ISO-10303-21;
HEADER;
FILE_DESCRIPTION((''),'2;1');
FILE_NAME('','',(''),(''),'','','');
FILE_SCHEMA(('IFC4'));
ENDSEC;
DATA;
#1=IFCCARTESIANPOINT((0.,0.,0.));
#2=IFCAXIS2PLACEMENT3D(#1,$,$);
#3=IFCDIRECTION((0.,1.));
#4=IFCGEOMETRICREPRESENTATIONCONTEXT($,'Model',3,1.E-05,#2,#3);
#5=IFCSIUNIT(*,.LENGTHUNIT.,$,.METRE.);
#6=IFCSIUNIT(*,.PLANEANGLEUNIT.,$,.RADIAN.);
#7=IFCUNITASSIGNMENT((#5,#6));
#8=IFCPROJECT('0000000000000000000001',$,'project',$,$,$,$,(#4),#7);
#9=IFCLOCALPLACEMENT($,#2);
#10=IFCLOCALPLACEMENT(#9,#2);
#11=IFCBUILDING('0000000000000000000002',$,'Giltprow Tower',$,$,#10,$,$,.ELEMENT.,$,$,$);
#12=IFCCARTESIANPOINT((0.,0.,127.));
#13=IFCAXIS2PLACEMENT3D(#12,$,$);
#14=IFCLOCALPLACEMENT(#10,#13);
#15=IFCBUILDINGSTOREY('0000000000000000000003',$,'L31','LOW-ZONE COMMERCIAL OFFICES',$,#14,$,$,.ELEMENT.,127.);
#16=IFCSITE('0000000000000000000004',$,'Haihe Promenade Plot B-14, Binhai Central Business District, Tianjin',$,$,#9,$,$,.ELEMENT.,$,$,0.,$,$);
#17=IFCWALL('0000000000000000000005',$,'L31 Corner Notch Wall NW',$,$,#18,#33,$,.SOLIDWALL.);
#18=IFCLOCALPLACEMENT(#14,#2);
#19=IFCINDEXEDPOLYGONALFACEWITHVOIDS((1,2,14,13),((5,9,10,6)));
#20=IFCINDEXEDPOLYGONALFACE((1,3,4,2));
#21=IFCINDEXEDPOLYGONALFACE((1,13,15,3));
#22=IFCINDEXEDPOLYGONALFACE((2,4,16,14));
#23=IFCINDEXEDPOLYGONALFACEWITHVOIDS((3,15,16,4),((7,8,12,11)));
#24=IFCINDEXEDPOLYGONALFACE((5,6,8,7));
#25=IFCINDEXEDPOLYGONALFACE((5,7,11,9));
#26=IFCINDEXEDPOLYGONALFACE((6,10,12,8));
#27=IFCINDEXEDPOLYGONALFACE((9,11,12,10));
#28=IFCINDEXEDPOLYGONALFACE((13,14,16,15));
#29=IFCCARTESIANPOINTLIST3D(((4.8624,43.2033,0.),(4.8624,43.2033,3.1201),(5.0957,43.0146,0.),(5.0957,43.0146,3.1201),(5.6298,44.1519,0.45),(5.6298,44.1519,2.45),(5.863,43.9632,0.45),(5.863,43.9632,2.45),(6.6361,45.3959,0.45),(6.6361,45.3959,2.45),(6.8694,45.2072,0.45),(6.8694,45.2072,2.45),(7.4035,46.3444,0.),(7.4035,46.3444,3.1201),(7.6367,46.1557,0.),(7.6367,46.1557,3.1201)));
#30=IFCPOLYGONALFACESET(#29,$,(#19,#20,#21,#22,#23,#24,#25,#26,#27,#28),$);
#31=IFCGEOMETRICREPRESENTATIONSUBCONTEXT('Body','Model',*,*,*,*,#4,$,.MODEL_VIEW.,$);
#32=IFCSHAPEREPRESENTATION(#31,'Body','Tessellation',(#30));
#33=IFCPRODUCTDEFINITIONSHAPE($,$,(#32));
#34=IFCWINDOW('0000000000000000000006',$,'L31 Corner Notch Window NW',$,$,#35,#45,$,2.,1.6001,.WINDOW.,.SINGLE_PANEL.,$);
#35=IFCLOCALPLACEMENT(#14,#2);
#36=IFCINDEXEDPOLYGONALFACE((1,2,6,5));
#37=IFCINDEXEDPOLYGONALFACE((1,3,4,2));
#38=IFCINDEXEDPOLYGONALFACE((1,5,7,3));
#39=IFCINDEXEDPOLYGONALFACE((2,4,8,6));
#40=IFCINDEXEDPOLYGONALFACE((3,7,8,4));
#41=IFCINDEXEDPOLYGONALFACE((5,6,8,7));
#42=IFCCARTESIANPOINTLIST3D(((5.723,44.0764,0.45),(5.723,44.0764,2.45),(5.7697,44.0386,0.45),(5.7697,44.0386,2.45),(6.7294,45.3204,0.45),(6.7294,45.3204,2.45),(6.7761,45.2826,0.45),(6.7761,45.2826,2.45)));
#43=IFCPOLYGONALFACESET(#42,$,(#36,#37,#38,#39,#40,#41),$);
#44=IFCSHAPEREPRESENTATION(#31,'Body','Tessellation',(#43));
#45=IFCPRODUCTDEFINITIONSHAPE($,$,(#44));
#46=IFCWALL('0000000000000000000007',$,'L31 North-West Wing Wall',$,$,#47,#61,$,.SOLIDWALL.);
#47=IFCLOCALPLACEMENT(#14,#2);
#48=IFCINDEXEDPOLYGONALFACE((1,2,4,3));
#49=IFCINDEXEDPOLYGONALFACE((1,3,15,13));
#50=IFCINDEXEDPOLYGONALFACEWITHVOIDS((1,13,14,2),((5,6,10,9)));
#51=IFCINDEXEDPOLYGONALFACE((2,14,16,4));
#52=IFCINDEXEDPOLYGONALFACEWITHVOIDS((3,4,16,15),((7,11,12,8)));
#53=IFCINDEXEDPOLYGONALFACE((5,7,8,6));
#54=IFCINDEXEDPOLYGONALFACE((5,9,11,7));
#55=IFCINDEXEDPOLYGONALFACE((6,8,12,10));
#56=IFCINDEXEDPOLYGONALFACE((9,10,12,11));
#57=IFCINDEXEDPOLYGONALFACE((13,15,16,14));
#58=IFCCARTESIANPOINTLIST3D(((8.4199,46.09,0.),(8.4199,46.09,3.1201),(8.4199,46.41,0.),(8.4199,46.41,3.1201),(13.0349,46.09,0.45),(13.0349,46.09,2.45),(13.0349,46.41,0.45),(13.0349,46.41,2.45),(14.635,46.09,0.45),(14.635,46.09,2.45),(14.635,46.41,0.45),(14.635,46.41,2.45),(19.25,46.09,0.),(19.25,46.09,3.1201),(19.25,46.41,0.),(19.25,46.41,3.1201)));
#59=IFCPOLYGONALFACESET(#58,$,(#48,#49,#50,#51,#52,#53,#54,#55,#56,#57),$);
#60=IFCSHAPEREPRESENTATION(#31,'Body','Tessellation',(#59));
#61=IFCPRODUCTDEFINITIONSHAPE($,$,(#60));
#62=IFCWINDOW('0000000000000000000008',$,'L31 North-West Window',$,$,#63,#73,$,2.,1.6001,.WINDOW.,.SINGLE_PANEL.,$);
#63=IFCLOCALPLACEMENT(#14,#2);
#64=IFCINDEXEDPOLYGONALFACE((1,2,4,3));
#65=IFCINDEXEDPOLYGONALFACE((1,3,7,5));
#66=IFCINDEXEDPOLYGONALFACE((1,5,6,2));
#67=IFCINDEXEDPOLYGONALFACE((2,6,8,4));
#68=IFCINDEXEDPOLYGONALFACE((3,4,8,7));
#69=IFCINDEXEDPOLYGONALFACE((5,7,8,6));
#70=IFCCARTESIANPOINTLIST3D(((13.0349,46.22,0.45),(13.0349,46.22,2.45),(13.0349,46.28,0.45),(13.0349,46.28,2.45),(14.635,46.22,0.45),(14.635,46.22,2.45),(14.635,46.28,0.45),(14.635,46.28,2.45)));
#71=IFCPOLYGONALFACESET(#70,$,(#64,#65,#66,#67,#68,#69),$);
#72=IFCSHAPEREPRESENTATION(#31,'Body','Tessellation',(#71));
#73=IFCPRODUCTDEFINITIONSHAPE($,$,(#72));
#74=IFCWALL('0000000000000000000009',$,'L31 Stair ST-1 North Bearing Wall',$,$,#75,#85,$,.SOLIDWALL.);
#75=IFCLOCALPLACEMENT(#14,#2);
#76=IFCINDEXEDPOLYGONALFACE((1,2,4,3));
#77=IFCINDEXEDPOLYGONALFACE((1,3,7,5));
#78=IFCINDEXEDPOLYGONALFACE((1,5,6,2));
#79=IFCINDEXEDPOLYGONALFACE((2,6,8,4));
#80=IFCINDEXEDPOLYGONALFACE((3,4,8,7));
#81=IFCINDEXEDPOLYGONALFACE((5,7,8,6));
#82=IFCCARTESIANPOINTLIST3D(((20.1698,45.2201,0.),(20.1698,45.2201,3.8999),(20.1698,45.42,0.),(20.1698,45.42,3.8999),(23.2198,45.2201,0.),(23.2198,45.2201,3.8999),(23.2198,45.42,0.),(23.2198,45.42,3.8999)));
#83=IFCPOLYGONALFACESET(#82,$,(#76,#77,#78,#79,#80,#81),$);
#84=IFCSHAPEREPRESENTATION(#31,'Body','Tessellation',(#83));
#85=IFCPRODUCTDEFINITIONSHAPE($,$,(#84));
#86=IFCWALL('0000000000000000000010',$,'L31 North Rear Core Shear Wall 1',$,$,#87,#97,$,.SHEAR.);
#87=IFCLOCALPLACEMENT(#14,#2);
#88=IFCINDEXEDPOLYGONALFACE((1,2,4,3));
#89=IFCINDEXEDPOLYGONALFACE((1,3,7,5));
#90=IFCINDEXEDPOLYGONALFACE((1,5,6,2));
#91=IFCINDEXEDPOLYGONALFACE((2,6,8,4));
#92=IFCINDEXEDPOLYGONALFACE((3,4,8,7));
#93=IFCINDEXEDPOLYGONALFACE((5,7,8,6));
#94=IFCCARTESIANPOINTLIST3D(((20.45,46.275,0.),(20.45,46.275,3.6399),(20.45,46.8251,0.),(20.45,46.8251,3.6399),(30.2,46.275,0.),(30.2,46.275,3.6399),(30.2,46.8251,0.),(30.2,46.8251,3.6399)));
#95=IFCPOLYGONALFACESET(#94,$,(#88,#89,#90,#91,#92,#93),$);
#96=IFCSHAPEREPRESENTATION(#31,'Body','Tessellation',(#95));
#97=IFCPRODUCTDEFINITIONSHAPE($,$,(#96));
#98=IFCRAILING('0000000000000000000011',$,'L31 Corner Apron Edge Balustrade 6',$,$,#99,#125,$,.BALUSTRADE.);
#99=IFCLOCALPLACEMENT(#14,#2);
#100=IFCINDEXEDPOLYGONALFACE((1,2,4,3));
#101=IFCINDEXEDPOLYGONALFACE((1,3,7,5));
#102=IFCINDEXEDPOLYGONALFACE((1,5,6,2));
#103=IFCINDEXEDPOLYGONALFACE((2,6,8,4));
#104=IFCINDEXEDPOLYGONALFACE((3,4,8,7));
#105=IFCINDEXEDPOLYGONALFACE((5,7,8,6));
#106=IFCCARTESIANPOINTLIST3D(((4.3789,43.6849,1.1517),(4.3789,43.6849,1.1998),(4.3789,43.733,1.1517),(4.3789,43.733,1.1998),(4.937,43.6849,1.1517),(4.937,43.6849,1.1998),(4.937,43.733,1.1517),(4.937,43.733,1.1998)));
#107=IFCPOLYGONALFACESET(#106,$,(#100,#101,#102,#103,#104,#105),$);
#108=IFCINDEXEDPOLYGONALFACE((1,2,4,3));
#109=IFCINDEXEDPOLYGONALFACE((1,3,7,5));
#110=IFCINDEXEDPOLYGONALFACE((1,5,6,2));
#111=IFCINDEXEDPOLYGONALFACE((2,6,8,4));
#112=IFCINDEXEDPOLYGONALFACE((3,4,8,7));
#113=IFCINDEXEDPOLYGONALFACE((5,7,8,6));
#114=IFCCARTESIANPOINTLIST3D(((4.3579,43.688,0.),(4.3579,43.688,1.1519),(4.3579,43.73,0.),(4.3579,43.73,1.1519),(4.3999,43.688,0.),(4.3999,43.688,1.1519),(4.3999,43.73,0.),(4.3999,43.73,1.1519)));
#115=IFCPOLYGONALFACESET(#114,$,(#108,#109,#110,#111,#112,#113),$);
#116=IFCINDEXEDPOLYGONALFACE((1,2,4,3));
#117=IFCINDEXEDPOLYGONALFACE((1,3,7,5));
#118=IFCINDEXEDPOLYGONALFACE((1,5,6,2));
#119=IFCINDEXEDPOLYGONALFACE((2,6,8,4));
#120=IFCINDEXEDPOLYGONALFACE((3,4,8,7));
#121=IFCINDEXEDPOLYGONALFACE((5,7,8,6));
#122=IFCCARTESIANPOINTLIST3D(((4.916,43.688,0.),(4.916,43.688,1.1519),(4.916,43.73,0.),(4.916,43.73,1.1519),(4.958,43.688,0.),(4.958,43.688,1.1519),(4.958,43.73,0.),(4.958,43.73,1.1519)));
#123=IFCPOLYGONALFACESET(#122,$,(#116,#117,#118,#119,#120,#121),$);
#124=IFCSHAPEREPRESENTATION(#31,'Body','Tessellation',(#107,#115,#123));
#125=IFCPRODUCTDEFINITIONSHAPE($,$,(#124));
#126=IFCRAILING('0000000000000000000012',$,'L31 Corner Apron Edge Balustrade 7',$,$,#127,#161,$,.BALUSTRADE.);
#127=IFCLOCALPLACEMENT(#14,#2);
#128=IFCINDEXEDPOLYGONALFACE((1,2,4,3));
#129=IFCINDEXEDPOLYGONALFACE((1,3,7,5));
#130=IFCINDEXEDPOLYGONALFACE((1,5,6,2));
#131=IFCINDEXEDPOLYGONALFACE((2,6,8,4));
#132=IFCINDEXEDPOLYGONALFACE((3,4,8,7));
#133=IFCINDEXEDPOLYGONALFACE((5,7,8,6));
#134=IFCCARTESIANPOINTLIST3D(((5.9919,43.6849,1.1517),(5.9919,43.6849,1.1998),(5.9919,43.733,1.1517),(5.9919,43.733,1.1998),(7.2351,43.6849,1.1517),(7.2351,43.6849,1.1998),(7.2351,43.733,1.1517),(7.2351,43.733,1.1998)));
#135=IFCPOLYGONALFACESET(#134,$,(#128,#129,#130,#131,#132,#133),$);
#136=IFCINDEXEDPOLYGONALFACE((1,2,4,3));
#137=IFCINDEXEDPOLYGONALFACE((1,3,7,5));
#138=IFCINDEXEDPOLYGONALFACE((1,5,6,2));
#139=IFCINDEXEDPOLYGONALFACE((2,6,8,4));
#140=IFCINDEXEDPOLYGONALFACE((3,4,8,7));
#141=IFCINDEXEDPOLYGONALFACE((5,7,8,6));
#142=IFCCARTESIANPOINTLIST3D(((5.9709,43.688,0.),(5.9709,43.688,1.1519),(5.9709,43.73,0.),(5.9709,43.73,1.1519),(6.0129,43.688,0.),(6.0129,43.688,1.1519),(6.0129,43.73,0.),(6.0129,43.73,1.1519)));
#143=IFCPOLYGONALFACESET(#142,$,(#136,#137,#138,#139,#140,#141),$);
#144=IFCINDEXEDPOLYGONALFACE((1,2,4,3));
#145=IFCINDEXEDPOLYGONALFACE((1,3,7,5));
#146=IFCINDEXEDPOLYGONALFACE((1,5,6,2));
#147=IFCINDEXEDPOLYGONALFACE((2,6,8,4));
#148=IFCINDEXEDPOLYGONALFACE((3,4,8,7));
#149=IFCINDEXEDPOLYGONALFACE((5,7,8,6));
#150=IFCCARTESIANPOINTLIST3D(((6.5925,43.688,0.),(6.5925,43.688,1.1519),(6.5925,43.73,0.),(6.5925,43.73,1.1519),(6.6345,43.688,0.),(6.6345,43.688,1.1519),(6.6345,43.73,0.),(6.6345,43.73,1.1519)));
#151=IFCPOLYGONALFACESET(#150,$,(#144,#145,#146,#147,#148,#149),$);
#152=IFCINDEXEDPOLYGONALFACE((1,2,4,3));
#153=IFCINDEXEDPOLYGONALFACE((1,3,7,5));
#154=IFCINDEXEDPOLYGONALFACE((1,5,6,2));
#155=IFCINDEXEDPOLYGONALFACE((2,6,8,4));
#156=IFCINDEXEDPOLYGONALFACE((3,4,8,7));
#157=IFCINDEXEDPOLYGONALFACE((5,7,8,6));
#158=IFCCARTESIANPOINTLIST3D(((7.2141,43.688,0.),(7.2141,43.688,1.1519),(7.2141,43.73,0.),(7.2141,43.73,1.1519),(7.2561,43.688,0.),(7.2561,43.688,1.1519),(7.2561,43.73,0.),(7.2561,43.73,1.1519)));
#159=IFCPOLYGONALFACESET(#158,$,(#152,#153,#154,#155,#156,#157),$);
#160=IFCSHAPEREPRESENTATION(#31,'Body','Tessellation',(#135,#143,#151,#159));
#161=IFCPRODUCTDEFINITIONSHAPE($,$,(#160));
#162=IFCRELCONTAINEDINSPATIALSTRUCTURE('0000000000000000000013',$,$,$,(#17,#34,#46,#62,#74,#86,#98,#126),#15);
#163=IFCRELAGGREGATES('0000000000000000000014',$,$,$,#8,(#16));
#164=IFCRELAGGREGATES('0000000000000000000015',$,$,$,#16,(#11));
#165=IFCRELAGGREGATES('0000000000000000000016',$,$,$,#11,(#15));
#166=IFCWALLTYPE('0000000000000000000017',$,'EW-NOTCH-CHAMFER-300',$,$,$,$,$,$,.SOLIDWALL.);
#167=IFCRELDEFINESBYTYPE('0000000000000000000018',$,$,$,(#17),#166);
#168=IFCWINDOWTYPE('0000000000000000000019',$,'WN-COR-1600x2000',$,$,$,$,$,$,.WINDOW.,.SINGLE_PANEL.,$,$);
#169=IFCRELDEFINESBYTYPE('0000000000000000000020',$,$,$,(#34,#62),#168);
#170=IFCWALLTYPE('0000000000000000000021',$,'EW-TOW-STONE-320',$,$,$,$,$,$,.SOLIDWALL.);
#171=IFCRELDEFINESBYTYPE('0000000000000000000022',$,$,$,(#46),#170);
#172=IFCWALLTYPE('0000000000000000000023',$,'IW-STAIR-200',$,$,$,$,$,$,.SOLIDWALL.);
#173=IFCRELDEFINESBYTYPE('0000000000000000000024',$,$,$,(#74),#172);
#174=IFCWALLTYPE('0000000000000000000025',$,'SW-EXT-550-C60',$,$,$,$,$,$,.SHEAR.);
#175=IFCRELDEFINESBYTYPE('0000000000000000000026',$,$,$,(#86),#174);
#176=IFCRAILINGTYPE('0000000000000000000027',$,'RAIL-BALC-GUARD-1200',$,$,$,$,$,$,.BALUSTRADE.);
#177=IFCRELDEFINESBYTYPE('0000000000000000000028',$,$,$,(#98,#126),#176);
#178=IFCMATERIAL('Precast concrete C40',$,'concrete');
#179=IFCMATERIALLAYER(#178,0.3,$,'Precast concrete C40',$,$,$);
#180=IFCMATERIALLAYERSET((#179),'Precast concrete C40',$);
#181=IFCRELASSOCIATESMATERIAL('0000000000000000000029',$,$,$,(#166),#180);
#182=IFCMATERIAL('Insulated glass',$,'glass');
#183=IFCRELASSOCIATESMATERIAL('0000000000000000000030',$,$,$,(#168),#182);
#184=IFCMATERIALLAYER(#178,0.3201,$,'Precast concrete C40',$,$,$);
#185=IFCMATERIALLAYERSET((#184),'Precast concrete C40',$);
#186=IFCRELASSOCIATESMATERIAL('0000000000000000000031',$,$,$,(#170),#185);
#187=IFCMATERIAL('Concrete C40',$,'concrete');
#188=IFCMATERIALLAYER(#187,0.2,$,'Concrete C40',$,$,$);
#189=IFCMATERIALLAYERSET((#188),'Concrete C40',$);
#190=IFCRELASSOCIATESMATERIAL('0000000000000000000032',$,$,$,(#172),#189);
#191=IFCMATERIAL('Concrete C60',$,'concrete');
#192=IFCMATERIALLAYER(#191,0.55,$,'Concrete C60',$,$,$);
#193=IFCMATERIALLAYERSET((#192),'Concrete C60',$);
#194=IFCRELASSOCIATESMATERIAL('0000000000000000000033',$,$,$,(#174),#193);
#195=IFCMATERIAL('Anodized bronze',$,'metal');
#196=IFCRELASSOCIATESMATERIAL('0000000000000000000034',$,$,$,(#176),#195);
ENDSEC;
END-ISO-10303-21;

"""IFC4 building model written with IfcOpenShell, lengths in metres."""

from ifc_helpers import new_model, si_unit, direction, frame, frame_2d, origin, origin_2d, place, context, subcontext, project, spatial, rectangle, extrude, source, transform, mapped, material, layer, layer_set, type_object, element, fill, save


model = new_model("IFC4")

# Units and contexts
model_context = context("Model", 3, precision=1e-05, world=origin(), true_north=direction((0.0, 1.0)))
body_context = subcontext(model_context, "Body", "Model", "MODEL_VIEW")
ifc_project = project(units=[si_unit("LENGTHUNIT", "METRE"), si_unit("PLANEANGLEUNIT", "RADIAN")], contexts=[model_context])

# Site, building, storey
site_placement = place(None, origin())
site = spatial("IfcSite", under=ifc_project, at=site_placement, Name="Haihe Promenade Plot B-14, Binhai Central Business District, Tianjin", CompositionType="ELEMENT", RefElevation=0.0)
building_placement = place(site_placement, origin())
building = spatial("IfcBuilding", under=site, at=building_placement, Name="Giltprow Tower", CompositionType="ELEMENT")
storey_placement = place(building_placement, frame((0.0, 0.0, 127.0)))
storey = spatial("IfcBuildingStorey", under=building, at=storey_placement, Name="L31", Description="LOW-ZONE COMMERCIAL OFFICES", CompositionType="ELEMENT", Elevation=127.0)

# Shared definitions
ifc_material_1 = material(Name="Concrete C60", Category="concrete")

# Walls, openings, windows
ifc_material_2 = material(Name="Precast concrete C40", Category="concrete")
ifc_layer_1 = layer(ifc_material_2, 0.3, Name="Precast concrete C40")
ifc_layer_set_1 = layer_set([ifc_layer_1], Name="Precast concrete C40")
wall_type_1 = type_object("IfcWallType", Name="EW-NOTCH-CHAMFER-300", PredefinedType="SOLIDWALL", material=ifc_layer_set_1)
wall_1_placement = place(storey_placement, frame((7.52, 46.25, 0.0), z_axis=(0.0, 0.0, 1.0), x_axis=(-0.62893, -0.777462, 0.0)))
wall_1 = element("IfcWall", 1, at=wall_1_placement, inside=storey, type_object=wall_type_1, Name="L31 Corner Notch Wall NW", PredefinedType="SOLIDWALL", context=body_context, shape_type="SweptSolid", body=[
    extrude(rectangle(XDim=4.0403, YDim=0.3, at=frame_2d((2.02, 0.0))), origin(), (0.0, 0.0, 1.0), 3.1201),
])
opening_1_placement = place(wall_1_placement, frame((1.22, 0.0, 0.45)))
opening_1 = element("IfcOpeningElement", 2, at=opening_1_placement, cuts=wall_1, PredefinedType="OPENING", context=body_context, shape_type="SweptSolid", body=[
    extrude(rectangle(XDim=1.6001, YDim=2.0, at=frame_2d((0.8, 1.0))), frame((0.0, 0.1599, 0.0), z_axis=(0.0, -1.0, 0.0), x_axis=(1.0, 0.0, 0.0)), (0.0, 0.0, 1.0), 0.3201),
])
ifc_material_3 = material(Name="Insulated glass", Category="glass")
window_type = type_object("IfcWindowType", Name="WN-COR-1600x2000", PartitioningType="SINGLE_PANEL", PredefinedType="WINDOW", material=ifc_material_3)
shared_shape_1 = source(origin(), body_context, "Body", "SweptSolid", [
    extrude(rectangle(XDim=1.6001, YDim=2.0, at=frame_2d((0.8, 1.0))), frame((0.0, 0.03, 0.0), z_axis=(0.0, -1.0, 0.0), x_axis=(1.0, 0.0, 0.0)), (0.0, 0.0, 1.0), 0.0601),
])
window_1_placement = place(opening_1_placement, origin())
window_1 = element("IfcWindow", 3, at=window_1_placement, inside=storey, type_object=window_type, Name="L31 Corner Notch Window NW", OverallHeight=2.0, OverallWidth=1.6001, PartitioningType="SINGLE_PANEL", PredefinedType="WINDOW", context=body_context, shape_type="MappedRepresentation", body=[
    mapped(shared_shape_1, transform((0.0, 0.0, 0.0), x_axis=(1.0, 0.0, 0.0), y_axis=(0.0, 1.0, 0.0), z_axis=(0.0, 0.0, 1.0), scale=1.0)),
])
fill(opening_1, window_1)
ifc_layer_2 = layer(ifc_material_2, 0.3201, Name="Precast concrete C40")
ifc_layer_set_2 = layer_set([ifc_layer_2], Name="Precast concrete C40")
wall_type_2 = type_object("IfcWallType", Name="EW-TOW-STONE-320", PredefinedType="SOLIDWALL", material=ifc_layer_set_2)
wall_2_placement = place(storey_placement, frame((8.4199, 46.25, 0.0), z_axis=(0.0, 0.0, 1.0), x_axis=(1.0, 0.0, 0.0)))
wall_2 = element("IfcWall", 4, at=wall_2_placement, inside=storey, type_object=wall_type_2, Name="L31 North-West Wing Wall", PredefinedType="SOLIDWALL", context=body_context, shape_type="SweptSolid", body=[
    extrude(rectangle(XDim=10.8301, YDim=0.3201, at=frame_2d((5.415, 0.0))), origin(), (0.0, 0.0, 1.0), 3.1201),
])
opening_2_placement = place(wall_2_placement, frame((4.615, 0.0, 0.45)))
opening_2 = element("IfcOpeningElement", 5, at=opening_2_placement, cuts=wall_2, PredefinedType="OPENING", context=body_context, shape_type="SweptSolid", body=[
    extrude(rectangle(XDim=1.6001, YDim=2.0, at=frame_2d((0.8, 1.0))), frame((0.0, 0.1699, 0.0), z_axis=(0.0, -1.0, 0.0), x_axis=(1.0, 0.0, 0.0)), (0.0, 0.0, 1.0), 0.3401),
])
window_2_placement = place(opening_2_placement, origin())
window_2 = element("IfcWindow", 6, at=window_2_placement, inside=storey, type_object=window_type, Name="L31 North-West Window", OverallHeight=2.0, OverallWidth=1.6001, PartitioningType="SINGLE_PANEL", PredefinedType="WINDOW", context=body_context, shape_type="MappedRepresentation", body=[
    mapped(shared_shape_1, transform((0.0, 0.0, 0.0), x_axis=(1.0, 0.0, 0.0), y_axis=(0.0, 1.0, 0.0), z_axis=(0.0, 0.0, 1.0), scale=1.0)),
])
fill(opening_2, window_2)

# Walls
ifc_material_4 = material(Name="Concrete C40", Category="concrete")
ifc_layer_3 = layer(ifc_material_4, 0.2, Name="Concrete C40")
ifc_layer_set_3 = layer_set([ifc_layer_3], Name="Concrete C40")
wall_type_3 = type_object("IfcWallType", Name="IW-STAIR-200", PredefinedType="SOLIDWALL", material=ifc_layer_set_3)
wall_3_placement = place(storey_placement, frame((20.1699, 45.3201, 0.0), z_axis=(0.0, 0.0, 1.0), x_axis=(1.0, 0.0, 0.0)))
element("IfcWall", 7, at=wall_3_placement, inside=storey, type_object=wall_type_3, Name="L31 Stair ST-1 North Bearing Wall", PredefinedType="SOLIDWALL", context=body_context, shape_type="SweptSolid", body=[
    extrude(rectangle(XDim=3.05, YDim=0.2, at=frame_2d((1.5249, 0.0))), origin(), (0.0, 0.0, 1.0), 3.8999),
])
ifc_layer_4 = layer(ifc_material_1, 0.55, Name="Concrete C60")
ifc_layer_set_4 = layer_set([ifc_layer_4], Name="Concrete C60")
wall_type_4 = type_object("IfcWallType", Name="SW-EXT-550-C60", PredefinedType="SHEAR", material=ifc_layer_set_4)
wall_4_placement = place(storey_placement, frame((20.45, 46.55, 0.0), z_axis=(0.0, 0.0, 1.0), x_axis=(1.0, 0.0, 0.0)))
element("IfcWall", 8, at=wall_4_placement, inside=storey, type_object=wall_type_4, Name="L31 North Rear Core Shear Wall 1", PredefinedType="SHEAR", context=body_context, shape_type="SweptSolid", body=[
    extrude(rectangle(XDim=9.75, YDim=0.55, at=frame_2d((4.875, 0.0))), origin(), (0.0, 0.0, 1.0), 3.6399),
])

# Railings
ifc_material_5 = material(Name="Anodized bronze", Category="metal")
railing_type_1 = type_object("IfcRailingType", Name="RAIL-BALC-GUARD-1200", PredefinedType="BALUSTRADE", material=ifc_material_5)
railing_1_placement = place(storey_placement, frame((4.3789, 43.709, 0.0)))
element("IfcRailing", 9, at=railing_1_placement, inside=storey, type_object=railing_type_1, Name="L31 Corner Apron Edge Balustrade 6", PredefinedType="BALUSTRADE", context=body_context, shape_type="SweptSolid", body=[
    extrude(rectangle(XDim=0.0481, YDim=0.0481, at=origin_2d()), frame((0.0, 0.0, 1.1758), z_axis=(1.0, 0.0, 0.0), x_axis=(0.0, 1.0, 0.0)), (0.0, 0.0, 1.0), 0.5581),
    extrude(rectangle(XDim=0.042, YDim=0.042, at=origin_2d()), origin(), (0.0, 0.0, 1.0), 1.1519),
    extrude(rectangle(XDim=0.042, YDim=0.042, at=origin_2d()), frame((0.5581, 0.0, 0.0)), (0.0, 0.0, 1.0), 1.1519),
])
railing_2_placement = place(storey_placement, frame((5.9919, 43.709, 0.0)))
element("IfcRailing", 10, at=railing_2_placement, inside=storey, type_object=railing_type_1, Name="L31 Corner Apron Edge Balustrade 7", PredefinedType="BALUSTRADE", context=body_context, shape_type="SweptSolid", body=[
    extrude(rectangle(XDim=0.0481, YDim=0.0481, at=origin_2d()), frame((0.0, 0.0, 1.1758), z_axis=(1.0, 0.0, 0.0), x_axis=(0.0, 1.0, 0.0)), (0.0, 0.0, 1.0), 1.2432),
    extrude(rectangle(XDim=0.042, YDim=0.042, at=origin_2d()), origin(), (0.0, 0.0, 1.0), 1.1519),
    extrude(rectangle(XDim=0.042, YDim=0.042, at=origin_2d()), frame((0.6216, 0.0, 0.0)), (0.0, 0.0, 1.0), 1.1519),
    extrude(rectangle(XDim=0.042, YDim=0.042, at=origin_2d()), frame((1.2432, 0.0, 0.0)), (0.0, 0.0, 1.0), 1.1519),
])

save(model, "model.ifc")
